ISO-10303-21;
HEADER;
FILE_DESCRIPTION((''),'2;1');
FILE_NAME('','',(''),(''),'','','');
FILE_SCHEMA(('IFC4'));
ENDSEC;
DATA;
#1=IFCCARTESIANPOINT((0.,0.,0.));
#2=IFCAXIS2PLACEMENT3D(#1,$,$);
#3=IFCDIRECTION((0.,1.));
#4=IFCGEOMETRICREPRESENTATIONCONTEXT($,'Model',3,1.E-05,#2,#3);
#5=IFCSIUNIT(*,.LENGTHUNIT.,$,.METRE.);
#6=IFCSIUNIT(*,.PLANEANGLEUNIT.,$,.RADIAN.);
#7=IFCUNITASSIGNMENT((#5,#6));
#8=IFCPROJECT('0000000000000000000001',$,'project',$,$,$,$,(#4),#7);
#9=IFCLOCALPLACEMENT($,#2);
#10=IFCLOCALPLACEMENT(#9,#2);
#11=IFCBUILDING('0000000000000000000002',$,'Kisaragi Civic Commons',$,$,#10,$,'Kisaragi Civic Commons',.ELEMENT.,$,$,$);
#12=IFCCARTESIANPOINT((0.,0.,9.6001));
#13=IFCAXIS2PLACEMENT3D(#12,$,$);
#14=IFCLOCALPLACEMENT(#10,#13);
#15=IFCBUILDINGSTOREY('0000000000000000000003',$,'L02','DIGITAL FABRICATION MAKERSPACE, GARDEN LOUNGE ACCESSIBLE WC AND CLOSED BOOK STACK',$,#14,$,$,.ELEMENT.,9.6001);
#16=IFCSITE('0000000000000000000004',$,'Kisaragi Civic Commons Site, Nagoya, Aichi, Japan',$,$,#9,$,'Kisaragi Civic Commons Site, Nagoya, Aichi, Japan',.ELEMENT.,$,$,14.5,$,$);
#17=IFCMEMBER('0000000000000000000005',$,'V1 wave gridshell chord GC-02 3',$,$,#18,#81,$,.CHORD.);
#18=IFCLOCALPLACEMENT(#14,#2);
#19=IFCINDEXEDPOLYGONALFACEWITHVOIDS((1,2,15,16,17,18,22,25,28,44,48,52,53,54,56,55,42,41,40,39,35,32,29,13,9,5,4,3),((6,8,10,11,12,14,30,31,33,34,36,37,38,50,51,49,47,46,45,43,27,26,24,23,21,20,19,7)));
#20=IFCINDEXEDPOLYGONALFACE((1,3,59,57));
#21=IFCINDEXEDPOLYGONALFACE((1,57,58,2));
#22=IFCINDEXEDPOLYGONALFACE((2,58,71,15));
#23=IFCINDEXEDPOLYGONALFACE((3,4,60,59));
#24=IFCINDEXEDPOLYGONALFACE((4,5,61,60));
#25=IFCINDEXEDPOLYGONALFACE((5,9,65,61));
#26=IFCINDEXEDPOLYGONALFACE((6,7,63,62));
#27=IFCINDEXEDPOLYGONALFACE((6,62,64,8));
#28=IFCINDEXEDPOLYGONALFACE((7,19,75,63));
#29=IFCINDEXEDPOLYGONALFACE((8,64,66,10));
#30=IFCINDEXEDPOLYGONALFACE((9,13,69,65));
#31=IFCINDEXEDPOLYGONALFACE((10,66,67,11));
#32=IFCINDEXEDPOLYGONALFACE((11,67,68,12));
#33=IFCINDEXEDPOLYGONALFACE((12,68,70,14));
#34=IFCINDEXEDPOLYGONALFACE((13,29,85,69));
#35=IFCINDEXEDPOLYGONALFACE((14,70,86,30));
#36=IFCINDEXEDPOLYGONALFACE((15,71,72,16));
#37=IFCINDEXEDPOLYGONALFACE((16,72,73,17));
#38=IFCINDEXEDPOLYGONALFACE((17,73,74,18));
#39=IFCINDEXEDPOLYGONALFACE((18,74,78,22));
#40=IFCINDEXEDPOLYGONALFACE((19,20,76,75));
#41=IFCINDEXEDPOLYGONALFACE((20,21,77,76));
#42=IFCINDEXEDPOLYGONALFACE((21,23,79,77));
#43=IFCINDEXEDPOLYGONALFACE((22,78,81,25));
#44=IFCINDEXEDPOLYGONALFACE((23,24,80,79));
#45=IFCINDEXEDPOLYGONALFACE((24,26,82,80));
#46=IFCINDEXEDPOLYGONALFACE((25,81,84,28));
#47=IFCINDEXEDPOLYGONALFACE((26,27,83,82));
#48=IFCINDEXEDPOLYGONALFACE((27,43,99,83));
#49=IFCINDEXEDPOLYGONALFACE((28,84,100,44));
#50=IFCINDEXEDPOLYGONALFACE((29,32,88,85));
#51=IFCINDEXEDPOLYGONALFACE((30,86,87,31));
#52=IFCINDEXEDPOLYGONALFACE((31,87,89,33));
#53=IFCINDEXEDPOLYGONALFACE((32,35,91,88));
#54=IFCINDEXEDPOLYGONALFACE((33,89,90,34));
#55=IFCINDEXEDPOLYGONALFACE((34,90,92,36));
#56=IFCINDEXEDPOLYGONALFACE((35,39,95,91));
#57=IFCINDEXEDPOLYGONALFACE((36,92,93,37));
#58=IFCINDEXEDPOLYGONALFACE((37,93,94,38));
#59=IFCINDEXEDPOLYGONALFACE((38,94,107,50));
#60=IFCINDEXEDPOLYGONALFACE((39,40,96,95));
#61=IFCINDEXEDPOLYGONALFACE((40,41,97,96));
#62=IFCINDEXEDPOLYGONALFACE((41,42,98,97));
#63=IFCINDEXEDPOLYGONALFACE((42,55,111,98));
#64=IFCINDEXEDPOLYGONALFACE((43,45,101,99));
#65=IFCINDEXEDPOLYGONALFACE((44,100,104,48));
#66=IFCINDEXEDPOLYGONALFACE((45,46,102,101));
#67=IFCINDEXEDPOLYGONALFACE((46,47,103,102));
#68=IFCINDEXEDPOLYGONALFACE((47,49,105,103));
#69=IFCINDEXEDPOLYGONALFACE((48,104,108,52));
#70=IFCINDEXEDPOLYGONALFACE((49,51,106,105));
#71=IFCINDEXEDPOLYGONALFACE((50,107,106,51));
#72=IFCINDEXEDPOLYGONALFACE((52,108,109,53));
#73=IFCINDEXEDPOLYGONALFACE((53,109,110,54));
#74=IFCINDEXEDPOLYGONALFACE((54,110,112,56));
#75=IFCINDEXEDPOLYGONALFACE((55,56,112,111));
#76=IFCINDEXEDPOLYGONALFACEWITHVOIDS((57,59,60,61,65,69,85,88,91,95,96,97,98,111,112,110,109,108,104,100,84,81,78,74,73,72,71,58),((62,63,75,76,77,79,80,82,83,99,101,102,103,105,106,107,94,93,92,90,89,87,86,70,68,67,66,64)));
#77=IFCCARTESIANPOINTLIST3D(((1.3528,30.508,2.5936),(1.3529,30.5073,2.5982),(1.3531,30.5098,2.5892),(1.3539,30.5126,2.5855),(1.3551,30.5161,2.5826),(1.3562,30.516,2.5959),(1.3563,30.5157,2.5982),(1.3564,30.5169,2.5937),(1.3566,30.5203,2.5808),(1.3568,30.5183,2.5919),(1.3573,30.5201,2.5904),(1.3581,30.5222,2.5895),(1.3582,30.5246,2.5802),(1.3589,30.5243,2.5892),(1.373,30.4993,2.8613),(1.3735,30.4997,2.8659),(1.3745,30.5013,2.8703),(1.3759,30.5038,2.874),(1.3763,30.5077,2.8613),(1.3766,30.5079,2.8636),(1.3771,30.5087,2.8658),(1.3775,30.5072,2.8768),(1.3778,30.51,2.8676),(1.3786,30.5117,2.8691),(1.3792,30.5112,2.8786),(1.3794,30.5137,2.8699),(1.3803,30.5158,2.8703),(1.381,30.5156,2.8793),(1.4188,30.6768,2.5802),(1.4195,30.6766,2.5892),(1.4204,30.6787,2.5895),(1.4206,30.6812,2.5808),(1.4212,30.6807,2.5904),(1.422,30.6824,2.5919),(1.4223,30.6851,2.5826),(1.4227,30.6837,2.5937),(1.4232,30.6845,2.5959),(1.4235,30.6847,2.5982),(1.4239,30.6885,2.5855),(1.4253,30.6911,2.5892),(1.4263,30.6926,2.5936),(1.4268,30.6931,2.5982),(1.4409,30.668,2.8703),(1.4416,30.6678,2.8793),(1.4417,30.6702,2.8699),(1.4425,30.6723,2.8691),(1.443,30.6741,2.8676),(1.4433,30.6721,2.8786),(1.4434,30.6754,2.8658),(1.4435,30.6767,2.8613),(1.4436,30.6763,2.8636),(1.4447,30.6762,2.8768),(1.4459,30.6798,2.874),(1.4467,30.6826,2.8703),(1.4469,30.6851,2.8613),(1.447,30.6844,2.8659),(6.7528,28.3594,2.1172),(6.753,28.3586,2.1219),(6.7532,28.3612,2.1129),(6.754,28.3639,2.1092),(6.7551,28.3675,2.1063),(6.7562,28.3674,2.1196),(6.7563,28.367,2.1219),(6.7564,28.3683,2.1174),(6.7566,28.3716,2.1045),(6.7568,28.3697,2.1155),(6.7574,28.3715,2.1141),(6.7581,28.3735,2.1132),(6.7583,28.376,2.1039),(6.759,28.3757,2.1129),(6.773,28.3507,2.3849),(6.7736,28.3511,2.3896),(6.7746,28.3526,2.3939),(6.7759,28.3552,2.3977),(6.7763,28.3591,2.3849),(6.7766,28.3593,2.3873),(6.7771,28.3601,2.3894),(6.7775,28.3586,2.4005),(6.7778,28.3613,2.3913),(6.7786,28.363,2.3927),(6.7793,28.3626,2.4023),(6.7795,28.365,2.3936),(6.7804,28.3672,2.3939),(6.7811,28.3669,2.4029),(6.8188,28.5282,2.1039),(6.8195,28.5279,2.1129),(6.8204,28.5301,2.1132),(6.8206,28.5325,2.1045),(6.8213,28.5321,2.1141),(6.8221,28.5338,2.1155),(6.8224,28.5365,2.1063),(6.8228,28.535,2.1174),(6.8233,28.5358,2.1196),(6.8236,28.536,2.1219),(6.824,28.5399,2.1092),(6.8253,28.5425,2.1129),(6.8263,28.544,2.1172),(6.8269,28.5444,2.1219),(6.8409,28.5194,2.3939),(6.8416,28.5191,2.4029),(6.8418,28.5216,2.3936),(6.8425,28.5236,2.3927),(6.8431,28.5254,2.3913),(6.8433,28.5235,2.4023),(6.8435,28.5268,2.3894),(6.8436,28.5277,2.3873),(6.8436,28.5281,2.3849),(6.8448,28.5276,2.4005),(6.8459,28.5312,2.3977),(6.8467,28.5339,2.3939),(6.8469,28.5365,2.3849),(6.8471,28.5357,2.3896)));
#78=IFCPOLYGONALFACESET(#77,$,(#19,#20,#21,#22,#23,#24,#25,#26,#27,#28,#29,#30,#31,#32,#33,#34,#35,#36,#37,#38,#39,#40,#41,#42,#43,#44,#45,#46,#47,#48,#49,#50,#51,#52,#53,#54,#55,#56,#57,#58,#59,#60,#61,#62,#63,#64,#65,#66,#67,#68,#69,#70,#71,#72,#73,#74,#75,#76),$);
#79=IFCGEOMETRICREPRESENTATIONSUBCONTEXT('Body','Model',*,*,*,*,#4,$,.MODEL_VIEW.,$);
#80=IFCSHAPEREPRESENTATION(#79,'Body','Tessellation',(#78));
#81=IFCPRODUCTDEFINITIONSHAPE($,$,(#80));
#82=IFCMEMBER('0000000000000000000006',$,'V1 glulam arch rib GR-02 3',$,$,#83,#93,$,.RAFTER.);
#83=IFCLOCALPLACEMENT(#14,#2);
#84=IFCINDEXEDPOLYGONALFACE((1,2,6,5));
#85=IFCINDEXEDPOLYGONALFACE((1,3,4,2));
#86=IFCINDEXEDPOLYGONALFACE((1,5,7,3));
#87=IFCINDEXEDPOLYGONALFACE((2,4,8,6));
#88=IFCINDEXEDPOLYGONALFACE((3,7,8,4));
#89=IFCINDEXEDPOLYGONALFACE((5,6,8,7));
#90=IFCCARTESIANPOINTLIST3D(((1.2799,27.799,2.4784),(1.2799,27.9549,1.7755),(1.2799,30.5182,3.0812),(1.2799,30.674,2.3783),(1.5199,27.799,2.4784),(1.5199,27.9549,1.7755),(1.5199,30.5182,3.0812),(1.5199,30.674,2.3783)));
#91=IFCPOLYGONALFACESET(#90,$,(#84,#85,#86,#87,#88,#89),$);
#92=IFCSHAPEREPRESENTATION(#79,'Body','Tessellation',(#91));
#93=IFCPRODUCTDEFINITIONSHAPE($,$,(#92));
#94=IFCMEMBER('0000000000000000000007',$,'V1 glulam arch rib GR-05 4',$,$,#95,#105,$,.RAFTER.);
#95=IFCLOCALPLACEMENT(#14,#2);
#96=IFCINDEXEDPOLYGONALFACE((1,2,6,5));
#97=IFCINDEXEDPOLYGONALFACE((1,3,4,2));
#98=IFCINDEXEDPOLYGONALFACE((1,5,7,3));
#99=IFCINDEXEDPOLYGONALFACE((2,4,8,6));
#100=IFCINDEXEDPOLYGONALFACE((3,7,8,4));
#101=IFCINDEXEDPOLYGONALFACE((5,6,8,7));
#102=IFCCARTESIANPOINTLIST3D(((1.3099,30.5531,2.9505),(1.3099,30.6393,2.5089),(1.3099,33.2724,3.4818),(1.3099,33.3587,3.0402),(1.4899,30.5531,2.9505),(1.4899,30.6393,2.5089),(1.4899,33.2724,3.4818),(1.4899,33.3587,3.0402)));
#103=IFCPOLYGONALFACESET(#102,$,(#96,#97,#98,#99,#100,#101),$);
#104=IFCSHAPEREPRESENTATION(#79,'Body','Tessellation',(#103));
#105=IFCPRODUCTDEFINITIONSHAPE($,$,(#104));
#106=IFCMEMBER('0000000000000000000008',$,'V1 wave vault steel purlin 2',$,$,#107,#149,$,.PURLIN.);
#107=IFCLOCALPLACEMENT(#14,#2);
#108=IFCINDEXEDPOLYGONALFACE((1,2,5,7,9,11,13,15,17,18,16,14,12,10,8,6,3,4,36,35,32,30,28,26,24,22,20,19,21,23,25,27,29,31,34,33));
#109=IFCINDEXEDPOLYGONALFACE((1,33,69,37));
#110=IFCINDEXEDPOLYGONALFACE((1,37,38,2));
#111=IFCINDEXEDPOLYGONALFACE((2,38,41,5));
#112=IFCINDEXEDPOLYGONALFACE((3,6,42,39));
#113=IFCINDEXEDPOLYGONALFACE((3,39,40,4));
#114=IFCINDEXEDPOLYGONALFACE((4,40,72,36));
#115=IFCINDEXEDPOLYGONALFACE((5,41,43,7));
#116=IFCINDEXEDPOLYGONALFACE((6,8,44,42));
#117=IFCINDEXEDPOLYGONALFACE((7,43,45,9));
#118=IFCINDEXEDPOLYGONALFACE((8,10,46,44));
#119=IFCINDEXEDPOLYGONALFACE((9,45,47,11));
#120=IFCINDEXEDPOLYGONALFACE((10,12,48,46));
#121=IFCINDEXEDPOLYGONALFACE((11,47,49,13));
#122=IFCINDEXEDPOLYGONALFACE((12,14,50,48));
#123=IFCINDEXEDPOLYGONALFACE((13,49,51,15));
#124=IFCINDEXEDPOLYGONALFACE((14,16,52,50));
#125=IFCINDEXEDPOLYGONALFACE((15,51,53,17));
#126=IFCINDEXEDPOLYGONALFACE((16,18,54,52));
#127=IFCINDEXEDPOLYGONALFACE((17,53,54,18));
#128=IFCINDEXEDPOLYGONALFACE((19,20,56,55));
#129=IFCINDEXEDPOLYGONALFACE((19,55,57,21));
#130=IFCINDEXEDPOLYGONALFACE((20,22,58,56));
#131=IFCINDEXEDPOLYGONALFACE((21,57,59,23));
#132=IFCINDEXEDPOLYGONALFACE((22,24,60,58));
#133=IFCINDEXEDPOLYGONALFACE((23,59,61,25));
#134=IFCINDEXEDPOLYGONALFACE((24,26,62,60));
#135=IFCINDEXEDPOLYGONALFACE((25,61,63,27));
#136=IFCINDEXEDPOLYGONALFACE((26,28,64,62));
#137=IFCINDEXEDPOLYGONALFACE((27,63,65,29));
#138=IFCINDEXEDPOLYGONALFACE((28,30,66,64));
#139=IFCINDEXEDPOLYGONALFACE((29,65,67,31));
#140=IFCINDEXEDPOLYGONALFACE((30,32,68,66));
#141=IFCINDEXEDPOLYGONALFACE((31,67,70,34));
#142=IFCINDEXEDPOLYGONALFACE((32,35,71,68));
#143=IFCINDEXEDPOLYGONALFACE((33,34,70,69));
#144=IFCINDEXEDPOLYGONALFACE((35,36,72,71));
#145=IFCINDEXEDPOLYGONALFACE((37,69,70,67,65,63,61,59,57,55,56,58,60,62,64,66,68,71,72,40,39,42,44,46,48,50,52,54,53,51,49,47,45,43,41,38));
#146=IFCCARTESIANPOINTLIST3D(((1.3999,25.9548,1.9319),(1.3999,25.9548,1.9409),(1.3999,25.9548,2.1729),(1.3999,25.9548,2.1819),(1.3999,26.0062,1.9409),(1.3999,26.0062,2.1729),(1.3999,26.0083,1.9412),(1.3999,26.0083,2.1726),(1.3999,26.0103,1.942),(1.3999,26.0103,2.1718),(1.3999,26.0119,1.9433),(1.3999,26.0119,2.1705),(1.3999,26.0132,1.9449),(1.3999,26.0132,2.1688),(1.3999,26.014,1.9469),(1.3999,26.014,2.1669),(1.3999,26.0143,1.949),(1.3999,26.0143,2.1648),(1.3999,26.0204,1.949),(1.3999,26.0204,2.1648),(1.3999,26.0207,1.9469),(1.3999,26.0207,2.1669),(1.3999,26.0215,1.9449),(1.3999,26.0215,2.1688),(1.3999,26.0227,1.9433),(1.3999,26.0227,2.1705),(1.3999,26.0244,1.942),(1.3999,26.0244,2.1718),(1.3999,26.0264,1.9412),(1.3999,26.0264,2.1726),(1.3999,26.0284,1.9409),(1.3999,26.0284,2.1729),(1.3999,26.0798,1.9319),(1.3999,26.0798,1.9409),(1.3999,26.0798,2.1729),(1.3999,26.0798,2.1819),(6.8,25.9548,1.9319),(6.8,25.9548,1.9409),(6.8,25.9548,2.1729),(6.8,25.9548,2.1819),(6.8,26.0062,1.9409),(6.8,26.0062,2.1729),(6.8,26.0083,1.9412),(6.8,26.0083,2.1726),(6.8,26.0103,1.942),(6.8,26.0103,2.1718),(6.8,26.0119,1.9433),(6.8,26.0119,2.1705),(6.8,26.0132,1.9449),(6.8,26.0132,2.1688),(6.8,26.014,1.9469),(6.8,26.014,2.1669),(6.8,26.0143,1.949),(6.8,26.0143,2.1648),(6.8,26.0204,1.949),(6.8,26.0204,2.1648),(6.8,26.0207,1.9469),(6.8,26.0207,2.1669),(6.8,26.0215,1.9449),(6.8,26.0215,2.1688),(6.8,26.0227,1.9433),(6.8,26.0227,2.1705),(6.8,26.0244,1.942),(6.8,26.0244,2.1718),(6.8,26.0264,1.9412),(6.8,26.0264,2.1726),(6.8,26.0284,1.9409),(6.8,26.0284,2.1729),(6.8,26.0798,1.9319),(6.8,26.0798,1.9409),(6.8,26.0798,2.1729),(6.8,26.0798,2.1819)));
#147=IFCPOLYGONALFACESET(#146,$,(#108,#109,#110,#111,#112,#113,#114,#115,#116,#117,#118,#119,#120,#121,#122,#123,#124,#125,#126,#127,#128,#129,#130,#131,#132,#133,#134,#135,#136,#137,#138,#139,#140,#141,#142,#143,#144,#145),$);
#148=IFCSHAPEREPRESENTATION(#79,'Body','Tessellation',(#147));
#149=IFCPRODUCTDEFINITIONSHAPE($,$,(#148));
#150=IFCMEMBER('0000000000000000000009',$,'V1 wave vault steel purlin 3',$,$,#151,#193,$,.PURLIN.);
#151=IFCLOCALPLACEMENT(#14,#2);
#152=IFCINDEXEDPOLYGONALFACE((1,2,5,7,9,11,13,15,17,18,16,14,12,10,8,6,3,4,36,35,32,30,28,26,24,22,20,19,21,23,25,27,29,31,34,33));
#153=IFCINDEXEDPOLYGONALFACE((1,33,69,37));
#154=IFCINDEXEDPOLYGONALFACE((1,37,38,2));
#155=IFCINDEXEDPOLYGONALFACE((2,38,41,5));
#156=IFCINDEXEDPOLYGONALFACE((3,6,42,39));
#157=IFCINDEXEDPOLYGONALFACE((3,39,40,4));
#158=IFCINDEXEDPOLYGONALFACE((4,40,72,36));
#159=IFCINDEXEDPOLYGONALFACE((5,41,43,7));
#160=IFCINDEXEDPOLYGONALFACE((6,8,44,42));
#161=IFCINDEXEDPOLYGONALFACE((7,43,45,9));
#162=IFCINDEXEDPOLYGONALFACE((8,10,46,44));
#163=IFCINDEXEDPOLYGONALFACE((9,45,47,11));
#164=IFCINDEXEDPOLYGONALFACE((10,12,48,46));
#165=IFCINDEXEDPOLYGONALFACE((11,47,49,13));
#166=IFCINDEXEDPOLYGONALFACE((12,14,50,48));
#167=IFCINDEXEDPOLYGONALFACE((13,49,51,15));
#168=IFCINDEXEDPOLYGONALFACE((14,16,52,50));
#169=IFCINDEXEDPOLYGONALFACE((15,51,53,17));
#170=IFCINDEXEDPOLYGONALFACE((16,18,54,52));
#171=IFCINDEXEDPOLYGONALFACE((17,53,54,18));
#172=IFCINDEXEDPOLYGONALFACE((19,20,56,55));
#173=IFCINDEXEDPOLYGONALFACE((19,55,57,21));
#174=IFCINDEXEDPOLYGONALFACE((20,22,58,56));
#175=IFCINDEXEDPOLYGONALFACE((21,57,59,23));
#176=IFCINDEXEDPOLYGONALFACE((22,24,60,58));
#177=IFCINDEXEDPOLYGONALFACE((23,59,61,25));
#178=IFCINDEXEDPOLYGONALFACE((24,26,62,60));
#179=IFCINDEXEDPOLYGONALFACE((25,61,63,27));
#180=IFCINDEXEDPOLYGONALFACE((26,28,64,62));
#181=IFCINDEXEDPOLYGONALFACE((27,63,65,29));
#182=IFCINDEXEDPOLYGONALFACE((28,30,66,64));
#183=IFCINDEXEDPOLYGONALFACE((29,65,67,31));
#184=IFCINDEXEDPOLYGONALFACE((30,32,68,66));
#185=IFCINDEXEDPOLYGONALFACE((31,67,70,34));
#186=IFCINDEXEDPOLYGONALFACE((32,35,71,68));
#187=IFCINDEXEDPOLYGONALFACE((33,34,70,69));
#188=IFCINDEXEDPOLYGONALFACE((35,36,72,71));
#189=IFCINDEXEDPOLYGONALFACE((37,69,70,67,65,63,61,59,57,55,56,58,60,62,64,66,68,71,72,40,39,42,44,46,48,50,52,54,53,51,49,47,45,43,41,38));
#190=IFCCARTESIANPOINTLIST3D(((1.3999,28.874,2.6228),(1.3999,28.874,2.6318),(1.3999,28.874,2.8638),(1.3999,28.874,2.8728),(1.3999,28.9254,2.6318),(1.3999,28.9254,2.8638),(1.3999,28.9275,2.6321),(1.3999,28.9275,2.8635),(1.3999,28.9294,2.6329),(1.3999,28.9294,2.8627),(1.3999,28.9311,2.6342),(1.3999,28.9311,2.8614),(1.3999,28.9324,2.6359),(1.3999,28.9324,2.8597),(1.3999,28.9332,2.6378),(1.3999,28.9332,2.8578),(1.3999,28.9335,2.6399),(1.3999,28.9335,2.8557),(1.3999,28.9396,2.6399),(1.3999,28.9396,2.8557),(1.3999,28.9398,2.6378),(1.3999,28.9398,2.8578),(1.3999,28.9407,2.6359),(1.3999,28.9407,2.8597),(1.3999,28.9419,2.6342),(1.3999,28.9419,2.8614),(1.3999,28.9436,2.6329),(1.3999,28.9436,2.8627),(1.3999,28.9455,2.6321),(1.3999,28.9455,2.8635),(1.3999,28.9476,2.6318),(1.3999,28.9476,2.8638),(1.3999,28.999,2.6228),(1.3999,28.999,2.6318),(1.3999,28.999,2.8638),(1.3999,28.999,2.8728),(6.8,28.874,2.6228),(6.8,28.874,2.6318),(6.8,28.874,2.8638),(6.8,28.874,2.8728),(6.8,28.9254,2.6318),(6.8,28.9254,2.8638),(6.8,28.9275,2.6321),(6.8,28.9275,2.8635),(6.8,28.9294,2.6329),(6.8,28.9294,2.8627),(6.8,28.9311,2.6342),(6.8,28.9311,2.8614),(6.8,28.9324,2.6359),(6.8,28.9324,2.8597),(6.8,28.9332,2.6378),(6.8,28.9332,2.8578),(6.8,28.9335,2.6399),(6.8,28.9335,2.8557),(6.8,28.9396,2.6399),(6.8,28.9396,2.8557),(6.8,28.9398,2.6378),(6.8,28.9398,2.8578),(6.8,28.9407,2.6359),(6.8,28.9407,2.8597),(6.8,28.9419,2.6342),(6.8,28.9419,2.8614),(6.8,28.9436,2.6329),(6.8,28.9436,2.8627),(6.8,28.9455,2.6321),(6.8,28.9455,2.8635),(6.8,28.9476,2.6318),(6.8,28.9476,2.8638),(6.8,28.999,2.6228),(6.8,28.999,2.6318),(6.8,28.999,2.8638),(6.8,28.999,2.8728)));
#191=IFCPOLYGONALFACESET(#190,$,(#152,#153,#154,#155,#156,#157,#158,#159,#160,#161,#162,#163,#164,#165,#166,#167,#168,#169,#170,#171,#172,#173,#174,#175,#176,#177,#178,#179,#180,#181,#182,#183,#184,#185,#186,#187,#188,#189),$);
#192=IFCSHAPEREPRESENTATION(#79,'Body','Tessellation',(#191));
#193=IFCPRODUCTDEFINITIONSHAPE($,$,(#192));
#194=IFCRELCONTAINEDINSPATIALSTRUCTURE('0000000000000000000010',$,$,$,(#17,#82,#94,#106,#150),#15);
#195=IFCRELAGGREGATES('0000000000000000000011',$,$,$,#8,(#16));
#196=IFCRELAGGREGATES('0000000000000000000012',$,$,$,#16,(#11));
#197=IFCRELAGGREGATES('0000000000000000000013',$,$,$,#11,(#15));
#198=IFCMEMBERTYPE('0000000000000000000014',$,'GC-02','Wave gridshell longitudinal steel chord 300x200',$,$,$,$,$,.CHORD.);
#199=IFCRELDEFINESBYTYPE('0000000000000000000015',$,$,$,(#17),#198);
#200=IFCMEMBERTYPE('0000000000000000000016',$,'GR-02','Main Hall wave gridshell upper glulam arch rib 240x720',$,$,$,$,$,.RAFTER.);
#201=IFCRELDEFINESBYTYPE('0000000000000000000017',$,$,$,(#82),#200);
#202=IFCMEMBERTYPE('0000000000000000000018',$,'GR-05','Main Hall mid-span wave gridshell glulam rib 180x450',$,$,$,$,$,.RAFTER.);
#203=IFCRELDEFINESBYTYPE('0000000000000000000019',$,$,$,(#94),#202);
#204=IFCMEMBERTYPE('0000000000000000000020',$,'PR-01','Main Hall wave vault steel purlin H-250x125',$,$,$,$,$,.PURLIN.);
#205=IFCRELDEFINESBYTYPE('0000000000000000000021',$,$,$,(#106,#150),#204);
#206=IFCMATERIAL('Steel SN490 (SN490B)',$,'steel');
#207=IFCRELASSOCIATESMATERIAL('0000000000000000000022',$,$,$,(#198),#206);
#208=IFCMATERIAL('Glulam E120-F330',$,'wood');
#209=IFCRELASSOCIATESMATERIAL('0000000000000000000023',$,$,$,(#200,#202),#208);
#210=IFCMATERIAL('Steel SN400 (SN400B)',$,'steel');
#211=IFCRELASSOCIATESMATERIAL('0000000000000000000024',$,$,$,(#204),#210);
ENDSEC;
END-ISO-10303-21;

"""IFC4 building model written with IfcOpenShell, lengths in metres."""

from ifc_helpers import new_model, si_unit, direction, frame, origin, origin_2d, place, context, subcontext, project, spatial, rectangle, hollow_rectangle, i_section, extrude, material, material_profile, profile_set, type_object, element, save


model = new_model("IFC4")

# Units and contexts
model_context = context("Model", 3, precision=1e-05, world=origin(), true_north=direction((0.0, 1.0)))
body_context = subcontext(model_context, "Body", "Model", "MODEL_VIEW")
ifc_project = project(units=[si_unit("LENGTHUNIT", "METRE"), si_unit("PLANEANGLEUNIT", "RADIAN")], contexts=[model_context])

# Site, building, storey
site_placement = place(None, origin())
site = spatial("IfcSite", under=ifc_project, at=site_placement, Name="Kisaragi Civic Commons Site, Nagoya, Aichi, Japan", LongName="Kisaragi Civic Commons Site, Nagoya, Aichi, Japan", CompositionType="ELEMENT", RefElevation=14.5)
building_placement = place(site_placement, origin())
building = spatial("IfcBuilding", under=site, at=building_placement, Name="Kisaragi Civic Commons", LongName="Kisaragi Civic Commons", CompositionType="ELEMENT")
storey_placement = place(building_placement, frame((0.0, 0.0, 9.6001)))
storey = spatial("IfcBuildingStorey", under=building, at=storey_placement, Name="L02", Description="DIGITAL FABRICATION MAKERSPACE, GARDEN LOUNGE ACCESSIBLE WC AND CLOSED BOOK STACK", CompositionType="ELEMENT", Elevation=9.6001)

# Shared definitions
ifc_material_1 = material(Name="Steel SN400 (SN400B)", Category="steel")

# Members
ifc_material_2 = material(Name="Steel SN490 (SN490B)", Category="steel")
ifc_material_profile_1 = material_profile(ifc_material_2, hollow_rectangle(XDim=0.2, YDim=0.3, WallThickness=0.009, InnerFilletRadius=0.009, OuterFilletRadius=0.0181, at=origin_2d()), Name="STKR-300x200x9", Category="steel")
ifc_profile_set_1 = profile_set([ifc_material_profile_1], Name="Steel SN490 (SN490B)")
member_type_1 = type_object("IfcMemberType", Name="GC-02", Description="Wave gridshell longitudinal steel chord 300x200", PredefinedType="CHORD", material=ifc_profile_set_1)
member_1_placement = place(storey_placement, frame((1.3999, 30.5962, 2.7297), z_axis=(0.926045, -0.368467, -0.081682), x_axis=(0.369703, 0.92915, 0.0)))
element("IfcMember", 1, at=member_1_placement, inside=storey, type_object=member_type_1, Name="V1 wave gridshell chord GC-02 3", PredefinedType="CHORD", context=body_context, shape_type="SweptSolid", body=[
    extrude(hollow_rectangle(XDim=0.2, YDim=0.3, WallThickness=0.009, InnerFilletRadius=0.009, OuterFilletRadius=0.0181, at=origin_2d()), origin(), (0.0, 0.0, 1.0), 5.8313),
])
ifc_material_3 = material(Name="Glulam E120-F330", Category="wood")
ifc_material_profile_2 = material_profile(ifc_material_3, rectangle(XDim=0.24, YDim=0.72, at=origin_2d()), Name="GL-240x720", Category="wood")
ifc_profile_set_2 = profile_set([ifc_material_profile_2], Name="Glulam E120-F330")
member_type_2 = type_object("IfcMemberType", Name="GR-02", Description="Main Hall wave gridshell upper glulam arch rib 240x720", PredefinedType="RAFTER", material=ifc_profile_set_2)
member_2_placement = place(storey_placement, frame((1.3999, 27.877, 2.127), z_axis=(0.0, 0.9763, 0.21642), x_axis=(-1.0, 0.0, 0.0)))
element("IfcMember", 2, at=member_2_placement, inside=storey, type_object=member_type_2, Name="V1 glulam arch rib GR-02 3", PredefinedType="RAFTER", context=body_context, shape_type="SweptSolid", body=[
    extrude(rectangle(XDim=0.24, YDim=0.72, at=origin_2d()), origin(), (0.0, 0.0, 1.0), 2.7852),
])
ifc_material_profile_3 = material_profile(ifc_material_3, rectangle(XDim=0.1799, YDim=0.45, at=origin_2d()), Name="GL-180x450", Category="wood")
ifc_profile_set_3 = profile_set([ifc_material_profile_3], Name="Glulam E120-F330")
member_type_3 = type_object("IfcMemberType", Name="GR-05", Description="Main Hall mid-span wave gridshell glulam rib 180x450", PredefinedType="RAFTER", material=ifc_profile_set_3)
member_3_placement = place(storey_placement, frame((1.3999, 30.5962, 2.7297), z_axis=(0.0, 0.981445, 0.191742), x_axis=(-1.0, 0.0, 0.0)))
element("IfcMember", 3, at=member_3_placement, inside=storey, type_object=member_type_3, Name="V1 glulam arch rib GR-05 4", PredefinedType="RAFTER", context=body_context, shape_type="SweptSolid", body=[
    extrude(rectangle(XDim=0.1799, YDim=0.45, at=origin_2d()), origin(), (0.0, 0.0, 1.0), 2.7708),
])
ifc_material_profile_4 = material_profile(ifc_material_1, i_section(OverallWidth=0.125, OverallDepth=0.25, WebThickness=0.0061, FlangeThickness=0.009, FilletRadius=0.0081, at=origin_2d()), Name="H-250x125x6x9", Category="steel")
ifc_profile_set_4 = profile_set([ifc_material_profile_4], Name="Steel SN400 (SN400B)")
member_type_4 = type_object("IfcMemberType", Name="PR-01", Description="Main Hall wave vault steel purlin H-250x125", PredefinedType="PURLIN", material=ifc_profile_set_4)
for number, where, z_axis, x_axis, name in (
    (4, (1.3999, 26.0173, 2.0569), (1.0, 0.0, 0.0), (0.0, 1.0, 0.0), "V1 wave vault steel purlin 2"),
    (5, (1.3999, 28.9365, 2.7478), (1.0, 0.0, 0.0), (0.0, 1.0, 0.0), "V1 wave vault steel purlin 3"),
):
    element("IfcMember", number, at=place(storey_placement, frame(where, z_axis=z_axis, x_axis=x_axis)), inside=storey, type_object=member_type_4, Name=name, PredefinedType="PURLIN", context=body_context, shape_type="SweptSolid", body=[
        extrude(i_section(OverallWidth=0.125, OverallDepth=0.25, WebThickness=0.0061, FlangeThickness=0.009, FilletRadius=0.0081, at=origin_2d()), origin(), (0.0, 0.0, 1.0), 5.4001),
    ])

save(model, "model.ifc")
